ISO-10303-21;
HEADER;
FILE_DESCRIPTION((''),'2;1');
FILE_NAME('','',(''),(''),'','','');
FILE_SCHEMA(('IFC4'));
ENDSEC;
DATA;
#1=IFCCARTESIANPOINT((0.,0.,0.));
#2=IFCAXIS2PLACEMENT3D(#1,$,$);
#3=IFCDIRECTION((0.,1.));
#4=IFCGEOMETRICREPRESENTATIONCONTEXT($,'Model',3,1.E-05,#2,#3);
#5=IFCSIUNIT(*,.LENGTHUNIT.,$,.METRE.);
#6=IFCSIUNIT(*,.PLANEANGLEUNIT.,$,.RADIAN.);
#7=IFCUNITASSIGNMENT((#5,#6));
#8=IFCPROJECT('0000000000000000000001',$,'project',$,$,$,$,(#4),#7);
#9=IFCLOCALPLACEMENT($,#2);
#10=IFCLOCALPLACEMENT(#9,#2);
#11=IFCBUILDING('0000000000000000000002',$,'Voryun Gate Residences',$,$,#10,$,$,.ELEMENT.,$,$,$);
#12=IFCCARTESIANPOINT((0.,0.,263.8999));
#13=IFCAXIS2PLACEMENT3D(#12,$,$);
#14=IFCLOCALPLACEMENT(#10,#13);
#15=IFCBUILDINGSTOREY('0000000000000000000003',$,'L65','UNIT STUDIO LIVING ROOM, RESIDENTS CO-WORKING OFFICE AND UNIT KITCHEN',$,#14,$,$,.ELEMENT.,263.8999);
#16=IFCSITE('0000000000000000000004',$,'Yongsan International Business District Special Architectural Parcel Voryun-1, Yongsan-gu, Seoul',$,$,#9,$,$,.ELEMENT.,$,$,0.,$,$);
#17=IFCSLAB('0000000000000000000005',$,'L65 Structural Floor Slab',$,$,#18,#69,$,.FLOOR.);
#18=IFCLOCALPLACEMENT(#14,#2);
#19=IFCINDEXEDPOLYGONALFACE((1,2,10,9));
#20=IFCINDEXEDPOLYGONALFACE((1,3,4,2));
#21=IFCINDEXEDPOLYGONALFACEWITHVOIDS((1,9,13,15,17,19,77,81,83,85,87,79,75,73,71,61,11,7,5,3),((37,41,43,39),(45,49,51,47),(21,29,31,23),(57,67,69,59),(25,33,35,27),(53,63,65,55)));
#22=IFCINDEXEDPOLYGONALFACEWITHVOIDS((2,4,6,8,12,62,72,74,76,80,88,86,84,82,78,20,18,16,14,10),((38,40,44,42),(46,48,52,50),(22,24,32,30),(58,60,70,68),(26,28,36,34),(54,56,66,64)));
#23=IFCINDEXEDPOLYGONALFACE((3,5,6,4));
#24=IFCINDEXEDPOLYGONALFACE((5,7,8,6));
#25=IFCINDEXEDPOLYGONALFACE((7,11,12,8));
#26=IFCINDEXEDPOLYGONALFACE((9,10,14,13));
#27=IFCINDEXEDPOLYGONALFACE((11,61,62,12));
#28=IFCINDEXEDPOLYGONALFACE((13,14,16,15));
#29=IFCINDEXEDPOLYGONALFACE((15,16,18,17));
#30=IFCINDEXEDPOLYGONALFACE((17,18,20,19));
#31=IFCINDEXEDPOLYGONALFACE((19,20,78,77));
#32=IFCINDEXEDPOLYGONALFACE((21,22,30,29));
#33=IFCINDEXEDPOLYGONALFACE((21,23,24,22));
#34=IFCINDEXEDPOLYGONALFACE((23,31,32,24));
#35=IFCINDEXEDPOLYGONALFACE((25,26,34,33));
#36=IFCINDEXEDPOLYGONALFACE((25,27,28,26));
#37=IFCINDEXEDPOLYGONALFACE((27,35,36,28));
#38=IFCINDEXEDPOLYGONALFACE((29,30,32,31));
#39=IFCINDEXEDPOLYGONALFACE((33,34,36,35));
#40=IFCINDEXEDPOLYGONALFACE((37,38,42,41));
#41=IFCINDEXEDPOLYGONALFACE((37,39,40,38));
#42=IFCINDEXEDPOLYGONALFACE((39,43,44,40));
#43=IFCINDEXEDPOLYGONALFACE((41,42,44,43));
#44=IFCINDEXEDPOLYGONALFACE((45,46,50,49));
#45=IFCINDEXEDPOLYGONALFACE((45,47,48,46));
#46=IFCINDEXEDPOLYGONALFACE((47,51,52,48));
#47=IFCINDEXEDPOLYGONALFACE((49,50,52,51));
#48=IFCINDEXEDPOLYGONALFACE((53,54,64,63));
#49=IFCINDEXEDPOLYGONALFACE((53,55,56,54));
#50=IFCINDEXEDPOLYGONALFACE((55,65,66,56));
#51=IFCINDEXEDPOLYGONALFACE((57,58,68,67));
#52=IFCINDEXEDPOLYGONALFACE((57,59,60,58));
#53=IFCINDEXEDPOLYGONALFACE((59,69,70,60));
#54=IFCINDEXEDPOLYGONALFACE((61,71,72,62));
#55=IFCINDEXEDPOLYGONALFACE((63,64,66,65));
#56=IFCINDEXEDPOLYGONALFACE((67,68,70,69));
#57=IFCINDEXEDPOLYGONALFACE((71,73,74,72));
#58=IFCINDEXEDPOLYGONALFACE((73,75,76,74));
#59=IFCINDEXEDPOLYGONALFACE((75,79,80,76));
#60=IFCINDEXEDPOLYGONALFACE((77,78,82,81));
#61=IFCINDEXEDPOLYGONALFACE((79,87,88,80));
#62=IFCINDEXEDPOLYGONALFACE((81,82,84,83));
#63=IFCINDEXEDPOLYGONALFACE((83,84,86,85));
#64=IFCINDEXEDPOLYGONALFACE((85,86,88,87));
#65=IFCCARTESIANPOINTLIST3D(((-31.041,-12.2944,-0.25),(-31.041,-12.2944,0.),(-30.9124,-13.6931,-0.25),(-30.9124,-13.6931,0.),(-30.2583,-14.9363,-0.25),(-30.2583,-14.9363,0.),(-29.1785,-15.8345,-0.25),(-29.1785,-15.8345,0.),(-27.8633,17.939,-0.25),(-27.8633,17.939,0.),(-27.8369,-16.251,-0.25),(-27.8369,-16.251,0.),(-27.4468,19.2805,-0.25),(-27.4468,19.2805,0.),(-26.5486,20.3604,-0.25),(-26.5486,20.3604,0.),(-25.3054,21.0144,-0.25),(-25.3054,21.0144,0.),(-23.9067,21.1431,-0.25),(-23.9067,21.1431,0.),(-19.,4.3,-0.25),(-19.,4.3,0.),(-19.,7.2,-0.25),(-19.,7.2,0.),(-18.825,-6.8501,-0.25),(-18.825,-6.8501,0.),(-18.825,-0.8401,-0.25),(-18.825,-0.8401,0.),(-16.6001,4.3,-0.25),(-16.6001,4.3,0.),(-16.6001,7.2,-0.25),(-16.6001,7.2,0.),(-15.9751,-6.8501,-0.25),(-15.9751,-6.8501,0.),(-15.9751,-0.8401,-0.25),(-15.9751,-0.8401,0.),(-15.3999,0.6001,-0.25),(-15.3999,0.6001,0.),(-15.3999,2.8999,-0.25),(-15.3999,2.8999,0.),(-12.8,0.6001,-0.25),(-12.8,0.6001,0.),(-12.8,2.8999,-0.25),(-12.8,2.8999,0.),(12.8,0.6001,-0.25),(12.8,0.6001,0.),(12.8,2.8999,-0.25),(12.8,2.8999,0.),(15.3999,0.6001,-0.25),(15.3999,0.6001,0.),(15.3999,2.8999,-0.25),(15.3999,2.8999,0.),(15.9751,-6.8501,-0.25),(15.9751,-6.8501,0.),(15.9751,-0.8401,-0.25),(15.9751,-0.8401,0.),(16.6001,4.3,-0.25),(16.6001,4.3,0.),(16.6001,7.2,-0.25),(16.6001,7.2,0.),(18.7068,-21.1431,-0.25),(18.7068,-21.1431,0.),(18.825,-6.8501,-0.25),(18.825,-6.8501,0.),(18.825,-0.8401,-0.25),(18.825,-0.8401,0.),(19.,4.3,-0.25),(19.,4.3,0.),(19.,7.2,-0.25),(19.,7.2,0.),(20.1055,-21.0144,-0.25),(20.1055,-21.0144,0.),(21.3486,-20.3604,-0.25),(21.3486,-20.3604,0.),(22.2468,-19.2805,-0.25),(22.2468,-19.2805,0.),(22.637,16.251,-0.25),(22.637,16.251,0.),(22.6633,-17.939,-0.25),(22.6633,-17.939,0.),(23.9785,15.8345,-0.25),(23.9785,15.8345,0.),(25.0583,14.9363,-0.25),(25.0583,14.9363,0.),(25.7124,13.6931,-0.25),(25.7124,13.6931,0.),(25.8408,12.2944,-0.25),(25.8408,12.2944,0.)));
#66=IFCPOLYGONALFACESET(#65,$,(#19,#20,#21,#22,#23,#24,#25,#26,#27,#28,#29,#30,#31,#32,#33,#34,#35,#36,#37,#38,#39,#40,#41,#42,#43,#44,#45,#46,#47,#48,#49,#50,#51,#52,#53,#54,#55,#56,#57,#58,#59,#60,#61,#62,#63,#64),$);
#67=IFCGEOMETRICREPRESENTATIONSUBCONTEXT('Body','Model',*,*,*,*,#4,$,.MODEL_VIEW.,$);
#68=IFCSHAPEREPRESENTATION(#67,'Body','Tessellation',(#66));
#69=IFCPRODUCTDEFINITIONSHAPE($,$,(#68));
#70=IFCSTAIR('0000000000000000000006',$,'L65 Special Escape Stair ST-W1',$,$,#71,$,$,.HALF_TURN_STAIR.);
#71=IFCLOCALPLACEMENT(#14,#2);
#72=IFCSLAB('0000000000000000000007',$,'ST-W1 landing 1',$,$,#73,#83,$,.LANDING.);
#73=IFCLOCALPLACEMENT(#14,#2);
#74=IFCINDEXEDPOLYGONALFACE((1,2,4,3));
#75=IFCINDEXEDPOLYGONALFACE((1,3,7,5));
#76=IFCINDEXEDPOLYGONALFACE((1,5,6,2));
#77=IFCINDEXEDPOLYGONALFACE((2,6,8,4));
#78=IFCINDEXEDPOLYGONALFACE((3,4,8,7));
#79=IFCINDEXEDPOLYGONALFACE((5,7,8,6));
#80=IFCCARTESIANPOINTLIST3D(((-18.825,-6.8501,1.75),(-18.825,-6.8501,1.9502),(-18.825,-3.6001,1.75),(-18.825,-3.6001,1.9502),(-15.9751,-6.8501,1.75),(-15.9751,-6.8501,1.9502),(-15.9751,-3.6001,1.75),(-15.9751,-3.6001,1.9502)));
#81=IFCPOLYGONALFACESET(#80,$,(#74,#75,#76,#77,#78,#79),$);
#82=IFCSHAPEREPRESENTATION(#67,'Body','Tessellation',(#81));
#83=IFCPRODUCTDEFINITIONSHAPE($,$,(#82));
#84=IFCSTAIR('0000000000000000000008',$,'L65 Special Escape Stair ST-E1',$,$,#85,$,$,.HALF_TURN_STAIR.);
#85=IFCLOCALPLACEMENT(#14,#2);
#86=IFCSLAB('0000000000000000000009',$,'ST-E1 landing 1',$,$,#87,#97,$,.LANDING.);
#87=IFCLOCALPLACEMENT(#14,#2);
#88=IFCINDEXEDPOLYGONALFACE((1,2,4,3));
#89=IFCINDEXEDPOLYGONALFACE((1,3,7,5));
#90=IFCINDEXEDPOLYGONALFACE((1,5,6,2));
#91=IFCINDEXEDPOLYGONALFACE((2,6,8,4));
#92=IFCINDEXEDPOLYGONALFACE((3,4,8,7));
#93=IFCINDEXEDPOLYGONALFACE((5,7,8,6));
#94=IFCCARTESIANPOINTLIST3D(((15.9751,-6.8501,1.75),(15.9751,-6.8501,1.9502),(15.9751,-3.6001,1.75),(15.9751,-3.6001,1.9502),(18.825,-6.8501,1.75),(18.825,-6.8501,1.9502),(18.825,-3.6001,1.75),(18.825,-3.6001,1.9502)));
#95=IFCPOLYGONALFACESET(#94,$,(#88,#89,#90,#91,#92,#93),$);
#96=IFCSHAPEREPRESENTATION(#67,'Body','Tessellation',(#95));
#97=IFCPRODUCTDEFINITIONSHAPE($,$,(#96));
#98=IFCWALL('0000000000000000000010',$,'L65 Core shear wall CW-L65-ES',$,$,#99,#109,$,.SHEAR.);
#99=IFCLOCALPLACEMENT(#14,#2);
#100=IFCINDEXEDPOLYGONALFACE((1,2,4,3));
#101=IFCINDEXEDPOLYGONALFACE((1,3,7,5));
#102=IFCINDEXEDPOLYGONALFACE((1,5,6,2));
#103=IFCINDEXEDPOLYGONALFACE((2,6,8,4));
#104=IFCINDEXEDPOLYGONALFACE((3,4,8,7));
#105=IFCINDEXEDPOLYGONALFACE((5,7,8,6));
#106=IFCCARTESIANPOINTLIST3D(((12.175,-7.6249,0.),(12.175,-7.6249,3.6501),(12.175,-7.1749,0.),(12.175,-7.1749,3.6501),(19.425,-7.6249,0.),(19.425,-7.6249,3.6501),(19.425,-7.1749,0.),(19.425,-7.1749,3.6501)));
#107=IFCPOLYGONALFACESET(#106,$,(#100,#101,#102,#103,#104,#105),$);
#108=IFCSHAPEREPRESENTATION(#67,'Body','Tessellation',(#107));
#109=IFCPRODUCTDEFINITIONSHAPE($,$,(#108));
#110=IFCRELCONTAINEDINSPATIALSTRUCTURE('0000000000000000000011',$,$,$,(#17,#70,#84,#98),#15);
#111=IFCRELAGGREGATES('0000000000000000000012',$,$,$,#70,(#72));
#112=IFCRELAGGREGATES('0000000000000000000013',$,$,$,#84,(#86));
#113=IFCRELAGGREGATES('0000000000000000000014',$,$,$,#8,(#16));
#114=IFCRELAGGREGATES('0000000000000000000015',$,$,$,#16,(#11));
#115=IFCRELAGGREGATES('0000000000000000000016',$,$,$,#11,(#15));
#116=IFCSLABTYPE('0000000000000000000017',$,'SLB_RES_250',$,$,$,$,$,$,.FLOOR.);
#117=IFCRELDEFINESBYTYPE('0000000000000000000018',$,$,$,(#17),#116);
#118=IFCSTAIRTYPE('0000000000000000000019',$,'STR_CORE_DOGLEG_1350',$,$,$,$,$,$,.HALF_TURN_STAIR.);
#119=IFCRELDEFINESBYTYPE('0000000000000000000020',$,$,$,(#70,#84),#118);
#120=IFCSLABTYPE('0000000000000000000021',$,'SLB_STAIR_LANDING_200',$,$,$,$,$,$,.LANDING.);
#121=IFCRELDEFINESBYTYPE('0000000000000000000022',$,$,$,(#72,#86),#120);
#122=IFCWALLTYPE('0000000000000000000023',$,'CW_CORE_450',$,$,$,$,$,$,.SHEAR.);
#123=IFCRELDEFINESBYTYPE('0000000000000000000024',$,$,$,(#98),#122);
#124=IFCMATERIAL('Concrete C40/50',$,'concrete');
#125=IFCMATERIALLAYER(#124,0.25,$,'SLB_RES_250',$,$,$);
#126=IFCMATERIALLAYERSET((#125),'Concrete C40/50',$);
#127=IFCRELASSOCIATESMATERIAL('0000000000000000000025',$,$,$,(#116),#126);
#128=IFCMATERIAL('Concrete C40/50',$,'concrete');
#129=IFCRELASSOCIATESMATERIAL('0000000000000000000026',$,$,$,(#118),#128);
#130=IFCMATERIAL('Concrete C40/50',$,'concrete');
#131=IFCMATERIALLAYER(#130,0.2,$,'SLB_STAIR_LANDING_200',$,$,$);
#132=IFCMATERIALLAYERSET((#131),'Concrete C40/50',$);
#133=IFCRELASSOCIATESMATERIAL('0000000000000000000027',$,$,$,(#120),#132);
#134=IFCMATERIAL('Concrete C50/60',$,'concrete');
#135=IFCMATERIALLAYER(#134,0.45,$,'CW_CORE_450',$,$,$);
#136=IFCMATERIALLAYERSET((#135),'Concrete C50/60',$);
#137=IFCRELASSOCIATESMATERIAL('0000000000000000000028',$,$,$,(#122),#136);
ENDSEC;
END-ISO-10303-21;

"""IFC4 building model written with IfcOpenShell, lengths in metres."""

from ifc_helpers import new_model, si_unit, direction, frame, frame_2d, origin, place, context, subcontext, project, spatial, polyline, rectangle, outline, extrude, material, layer, layer_set, type_object, element, aggregate, save


model = new_model("IFC4")

# Units and contexts
model_context = context("Model", 3, precision=1e-05, world=origin(), true_north=direction((0.0, 1.0)))
body_context = subcontext(model_context, "Body", "Model", "MODEL_VIEW")
ifc_project = project(units=[si_unit("LENGTHUNIT", "METRE"), si_unit("PLANEANGLEUNIT", "RADIAN")], contexts=[model_context])

# Site, building, storey
site_placement = place(None, origin())
site = spatial("IfcSite", under=ifc_project, at=site_placement, Name="Yongsan International Business District Special Architectural Parcel Voryun-1, Yongsan-gu, Seoul", CompositionType="ELEMENT", RefElevation=0.0)
building_placement = place(site_placement, origin())
building = spatial("IfcBuilding", under=site, at=building_placement, Name="Voryun Gate Residences", CompositionType="ELEMENT")
storey_placement = place(building_placement, frame((0.0, 0.0, 263.8999)))
storey = spatial("IfcBuildingStorey", under=building, at=storey_placement, Name="L65", Description="UNIT STUDIO LIVING ROOM, RESIDENTS CO-WORKING OFFICE AND UNIT KITCHEN", CompositionType="ELEMENT", Elevation=263.8999)

# Slab
ifc_material_1 = material(Name="Concrete C40/50", Category="concrete")
ifc_layer_1 = layer(ifc_material_1, 0.25, Name="SLB_RES_250")
ifc_layer_set_1 = layer_set([ifc_layer_1], Name="Concrete C40/50")
slab_type_1 = type_object("IfcSlabType", Name="SLB_RES_250", PredefinedType="FLOOR", material=ifc_layer_set_1)
slab_1_placement = place(storey_placement, frame((0.0, 0.0, -0.25)))
element("IfcSlab", 1, at=slab_1_placement, inside=storey, type_object=slab_type_1, Name="L65 Structural Floor Slab", PredefinedType="FLOOR", context=body_context, shape_type="SweptSolid", body=[
    extrude(outline(polyline([(-27.8369, -16.251), (-29.1785, -15.8345), (-30.2583, -14.9363), (-30.9124, -13.6931), (-31.041, -12.2944), (-27.8633, 17.939), (-27.4468, 19.2805), (-26.5486, 20.3604), (-25.3054, 21.0144), (-23.9067, 21.1431), (22.637, 16.251), (23.9785, 15.8345), (25.0583, 14.9363), (25.7124, 13.6931), (25.8408, 12.2944), (22.6633, -17.939), (22.2468, -19.2805), (21.3486, -20.3604), (20.1055, -21.0144), (18.7068, -21.1431), (-27.8369, -16.251)]), holes=[polyline([(-15.9751, -0.8401), (-18.825, -0.8401), (-18.825, -6.8501), (-15.9751, -6.8501), (-15.9751, -0.8401)]), polyline([(18.825, -6.8501), (18.825, -0.8401), (15.9751, -0.8401), (15.9751, -6.8501), (18.825, -6.8501)]), polyline([(-12.8, 2.8999), (-15.3999, 2.8999), (-15.3999, 0.6001), (-12.8, 0.6001), (-12.8, 2.8999)]), polyline([(12.8, 2.8999), (12.8, 0.6001), (15.3999, 0.6001), (15.3999, 2.8999), (12.8, 2.8999)]), polyline([(-16.6001, 7.2), (-19.0, 7.2), (-19.0, 4.3), (-16.6001, 4.3), (-16.6001, 7.2)]), polyline([(19.0, 7.2), (16.6001, 7.2), (16.6001, 4.3), (19.0, 4.3), (19.0, 7.2)])]), origin(), (0.0, 0.0, 1.0), 0.25),
])

# Stairs, slabs
ifc_material_2 = material(Name="Concrete C40/50", Category="concrete")
stair_type = type_object("IfcStairType", Name="STR_CORE_DOGLEG_1350", PredefinedType="HALF_TURN_STAIR", material=ifc_material_2)
stair_1_placement = place(storey_placement, origin())
stair_1 = element("IfcStair", 2, at=stair_1_placement, inside=storey, type_object=stair_type, Name="L65 Special Escape Stair ST-W1", PredefinedType="HALF_TURN_STAIR")
ifc_material_3 = material(Name="Concrete C40/50", Category="concrete")
ifc_layer_2 = layer(ifc_material_3, 0.2, Name="SLB_STAIR_LANDING_200")
ifc_layer_set_2 = layer_set([ifc_layer_2], Name="Concrete C40/50")
slab_type_2 = type_object("IfcSlabType", Name="SLB_STAIR_LANDING_200", PredefinedType="LANDING", material=ifc_layer_set_2)
slab_2_placement = place(storey_placement, frame((0.0, 0.0, 1.75)))
slab_2 = element("IfcSlab", 3, at=slab_2_placement, type_object=slab_type_2, Name="ST-W1 landing 1", PredefinedType="LANDING", context=body_context, shape_type="SweptSolid", body=[
    extrude(outline(polyline([(-18.825, -3.6001), (-18.825, -6.8501), (-15.9751, -6.8501), (-15.9751, -3.6001), (-18.825, -3.6001)])), origin(), (0.0, 0.0, 1.0), 0.2002),
])
aggregate(stair_1, [slab_2])
stair_2_placement = place(storey_placement, origin())
stair_2 = element("IfcStair", 4, at=stair_2_placement, inside=storey, type_object=stair_type, Name="L65 Special Escape Stair ST-E1", PredefinedType="HALF_TURN_STAIR")
slab_3_placement = place(storey_placement, frame((0.0, 0.0, 1.75)))
slab_3 = element("IfcSlab", 5, at=slab_3_placement, type_object=slab_type_2, Name="ST-E1 landing 1", PredefinedType="LANDING", context=body_context, shape_type="SweptSolid", body=[
    extrude(outline(polyline([(15.9751, -3.6001), (15.9751, -6.8501), (18.825, -6.8501), (18.825, -3.6001), (15.9751, -3.6001)])), origin(), (0.0, 0.0, 1.0), 0.2002),
])
aggregate(stair_2, [slab_3])

# Wall
ifc_material_4 = material(Name="Concrete C50/60", Category="concrete")
ifc_layer_3 = layer(ifc_material_4, 0.45, Name="CW_CORE_450")
ifc_layer_set_3 = layer_set([ifc_layer_3], Name="Concrete C50/60")
wall_type_1 = type_object("IfcWallType", Name="CW_CORE_450", PredefinedType="SHEAR", material=ifc_layer_set_3)
wall_1_placement = place(storey_placement, frame((12.175, -7.3999, 0.0), z_axis=(0.0, 0.0, 1.0), x_axis=(1.0, 0.0, 0.0)))
element("IfcWall", 6, at=wall_1_placement, inside=storey, type_object=wall_type_1, Name="L65 Core shear wall CW-L65-ES", PredefinedType="SHEAR", context=body_context, shape_type="SweptSolid", body=[
    extrude(rectangle(XDim=7.25, YDim=0.45, at=frame_2d((3.625, 0.0))), origin(), (0.0, 0.0, 1.0), 3.6501),
])

save(model, "model.ifc")
